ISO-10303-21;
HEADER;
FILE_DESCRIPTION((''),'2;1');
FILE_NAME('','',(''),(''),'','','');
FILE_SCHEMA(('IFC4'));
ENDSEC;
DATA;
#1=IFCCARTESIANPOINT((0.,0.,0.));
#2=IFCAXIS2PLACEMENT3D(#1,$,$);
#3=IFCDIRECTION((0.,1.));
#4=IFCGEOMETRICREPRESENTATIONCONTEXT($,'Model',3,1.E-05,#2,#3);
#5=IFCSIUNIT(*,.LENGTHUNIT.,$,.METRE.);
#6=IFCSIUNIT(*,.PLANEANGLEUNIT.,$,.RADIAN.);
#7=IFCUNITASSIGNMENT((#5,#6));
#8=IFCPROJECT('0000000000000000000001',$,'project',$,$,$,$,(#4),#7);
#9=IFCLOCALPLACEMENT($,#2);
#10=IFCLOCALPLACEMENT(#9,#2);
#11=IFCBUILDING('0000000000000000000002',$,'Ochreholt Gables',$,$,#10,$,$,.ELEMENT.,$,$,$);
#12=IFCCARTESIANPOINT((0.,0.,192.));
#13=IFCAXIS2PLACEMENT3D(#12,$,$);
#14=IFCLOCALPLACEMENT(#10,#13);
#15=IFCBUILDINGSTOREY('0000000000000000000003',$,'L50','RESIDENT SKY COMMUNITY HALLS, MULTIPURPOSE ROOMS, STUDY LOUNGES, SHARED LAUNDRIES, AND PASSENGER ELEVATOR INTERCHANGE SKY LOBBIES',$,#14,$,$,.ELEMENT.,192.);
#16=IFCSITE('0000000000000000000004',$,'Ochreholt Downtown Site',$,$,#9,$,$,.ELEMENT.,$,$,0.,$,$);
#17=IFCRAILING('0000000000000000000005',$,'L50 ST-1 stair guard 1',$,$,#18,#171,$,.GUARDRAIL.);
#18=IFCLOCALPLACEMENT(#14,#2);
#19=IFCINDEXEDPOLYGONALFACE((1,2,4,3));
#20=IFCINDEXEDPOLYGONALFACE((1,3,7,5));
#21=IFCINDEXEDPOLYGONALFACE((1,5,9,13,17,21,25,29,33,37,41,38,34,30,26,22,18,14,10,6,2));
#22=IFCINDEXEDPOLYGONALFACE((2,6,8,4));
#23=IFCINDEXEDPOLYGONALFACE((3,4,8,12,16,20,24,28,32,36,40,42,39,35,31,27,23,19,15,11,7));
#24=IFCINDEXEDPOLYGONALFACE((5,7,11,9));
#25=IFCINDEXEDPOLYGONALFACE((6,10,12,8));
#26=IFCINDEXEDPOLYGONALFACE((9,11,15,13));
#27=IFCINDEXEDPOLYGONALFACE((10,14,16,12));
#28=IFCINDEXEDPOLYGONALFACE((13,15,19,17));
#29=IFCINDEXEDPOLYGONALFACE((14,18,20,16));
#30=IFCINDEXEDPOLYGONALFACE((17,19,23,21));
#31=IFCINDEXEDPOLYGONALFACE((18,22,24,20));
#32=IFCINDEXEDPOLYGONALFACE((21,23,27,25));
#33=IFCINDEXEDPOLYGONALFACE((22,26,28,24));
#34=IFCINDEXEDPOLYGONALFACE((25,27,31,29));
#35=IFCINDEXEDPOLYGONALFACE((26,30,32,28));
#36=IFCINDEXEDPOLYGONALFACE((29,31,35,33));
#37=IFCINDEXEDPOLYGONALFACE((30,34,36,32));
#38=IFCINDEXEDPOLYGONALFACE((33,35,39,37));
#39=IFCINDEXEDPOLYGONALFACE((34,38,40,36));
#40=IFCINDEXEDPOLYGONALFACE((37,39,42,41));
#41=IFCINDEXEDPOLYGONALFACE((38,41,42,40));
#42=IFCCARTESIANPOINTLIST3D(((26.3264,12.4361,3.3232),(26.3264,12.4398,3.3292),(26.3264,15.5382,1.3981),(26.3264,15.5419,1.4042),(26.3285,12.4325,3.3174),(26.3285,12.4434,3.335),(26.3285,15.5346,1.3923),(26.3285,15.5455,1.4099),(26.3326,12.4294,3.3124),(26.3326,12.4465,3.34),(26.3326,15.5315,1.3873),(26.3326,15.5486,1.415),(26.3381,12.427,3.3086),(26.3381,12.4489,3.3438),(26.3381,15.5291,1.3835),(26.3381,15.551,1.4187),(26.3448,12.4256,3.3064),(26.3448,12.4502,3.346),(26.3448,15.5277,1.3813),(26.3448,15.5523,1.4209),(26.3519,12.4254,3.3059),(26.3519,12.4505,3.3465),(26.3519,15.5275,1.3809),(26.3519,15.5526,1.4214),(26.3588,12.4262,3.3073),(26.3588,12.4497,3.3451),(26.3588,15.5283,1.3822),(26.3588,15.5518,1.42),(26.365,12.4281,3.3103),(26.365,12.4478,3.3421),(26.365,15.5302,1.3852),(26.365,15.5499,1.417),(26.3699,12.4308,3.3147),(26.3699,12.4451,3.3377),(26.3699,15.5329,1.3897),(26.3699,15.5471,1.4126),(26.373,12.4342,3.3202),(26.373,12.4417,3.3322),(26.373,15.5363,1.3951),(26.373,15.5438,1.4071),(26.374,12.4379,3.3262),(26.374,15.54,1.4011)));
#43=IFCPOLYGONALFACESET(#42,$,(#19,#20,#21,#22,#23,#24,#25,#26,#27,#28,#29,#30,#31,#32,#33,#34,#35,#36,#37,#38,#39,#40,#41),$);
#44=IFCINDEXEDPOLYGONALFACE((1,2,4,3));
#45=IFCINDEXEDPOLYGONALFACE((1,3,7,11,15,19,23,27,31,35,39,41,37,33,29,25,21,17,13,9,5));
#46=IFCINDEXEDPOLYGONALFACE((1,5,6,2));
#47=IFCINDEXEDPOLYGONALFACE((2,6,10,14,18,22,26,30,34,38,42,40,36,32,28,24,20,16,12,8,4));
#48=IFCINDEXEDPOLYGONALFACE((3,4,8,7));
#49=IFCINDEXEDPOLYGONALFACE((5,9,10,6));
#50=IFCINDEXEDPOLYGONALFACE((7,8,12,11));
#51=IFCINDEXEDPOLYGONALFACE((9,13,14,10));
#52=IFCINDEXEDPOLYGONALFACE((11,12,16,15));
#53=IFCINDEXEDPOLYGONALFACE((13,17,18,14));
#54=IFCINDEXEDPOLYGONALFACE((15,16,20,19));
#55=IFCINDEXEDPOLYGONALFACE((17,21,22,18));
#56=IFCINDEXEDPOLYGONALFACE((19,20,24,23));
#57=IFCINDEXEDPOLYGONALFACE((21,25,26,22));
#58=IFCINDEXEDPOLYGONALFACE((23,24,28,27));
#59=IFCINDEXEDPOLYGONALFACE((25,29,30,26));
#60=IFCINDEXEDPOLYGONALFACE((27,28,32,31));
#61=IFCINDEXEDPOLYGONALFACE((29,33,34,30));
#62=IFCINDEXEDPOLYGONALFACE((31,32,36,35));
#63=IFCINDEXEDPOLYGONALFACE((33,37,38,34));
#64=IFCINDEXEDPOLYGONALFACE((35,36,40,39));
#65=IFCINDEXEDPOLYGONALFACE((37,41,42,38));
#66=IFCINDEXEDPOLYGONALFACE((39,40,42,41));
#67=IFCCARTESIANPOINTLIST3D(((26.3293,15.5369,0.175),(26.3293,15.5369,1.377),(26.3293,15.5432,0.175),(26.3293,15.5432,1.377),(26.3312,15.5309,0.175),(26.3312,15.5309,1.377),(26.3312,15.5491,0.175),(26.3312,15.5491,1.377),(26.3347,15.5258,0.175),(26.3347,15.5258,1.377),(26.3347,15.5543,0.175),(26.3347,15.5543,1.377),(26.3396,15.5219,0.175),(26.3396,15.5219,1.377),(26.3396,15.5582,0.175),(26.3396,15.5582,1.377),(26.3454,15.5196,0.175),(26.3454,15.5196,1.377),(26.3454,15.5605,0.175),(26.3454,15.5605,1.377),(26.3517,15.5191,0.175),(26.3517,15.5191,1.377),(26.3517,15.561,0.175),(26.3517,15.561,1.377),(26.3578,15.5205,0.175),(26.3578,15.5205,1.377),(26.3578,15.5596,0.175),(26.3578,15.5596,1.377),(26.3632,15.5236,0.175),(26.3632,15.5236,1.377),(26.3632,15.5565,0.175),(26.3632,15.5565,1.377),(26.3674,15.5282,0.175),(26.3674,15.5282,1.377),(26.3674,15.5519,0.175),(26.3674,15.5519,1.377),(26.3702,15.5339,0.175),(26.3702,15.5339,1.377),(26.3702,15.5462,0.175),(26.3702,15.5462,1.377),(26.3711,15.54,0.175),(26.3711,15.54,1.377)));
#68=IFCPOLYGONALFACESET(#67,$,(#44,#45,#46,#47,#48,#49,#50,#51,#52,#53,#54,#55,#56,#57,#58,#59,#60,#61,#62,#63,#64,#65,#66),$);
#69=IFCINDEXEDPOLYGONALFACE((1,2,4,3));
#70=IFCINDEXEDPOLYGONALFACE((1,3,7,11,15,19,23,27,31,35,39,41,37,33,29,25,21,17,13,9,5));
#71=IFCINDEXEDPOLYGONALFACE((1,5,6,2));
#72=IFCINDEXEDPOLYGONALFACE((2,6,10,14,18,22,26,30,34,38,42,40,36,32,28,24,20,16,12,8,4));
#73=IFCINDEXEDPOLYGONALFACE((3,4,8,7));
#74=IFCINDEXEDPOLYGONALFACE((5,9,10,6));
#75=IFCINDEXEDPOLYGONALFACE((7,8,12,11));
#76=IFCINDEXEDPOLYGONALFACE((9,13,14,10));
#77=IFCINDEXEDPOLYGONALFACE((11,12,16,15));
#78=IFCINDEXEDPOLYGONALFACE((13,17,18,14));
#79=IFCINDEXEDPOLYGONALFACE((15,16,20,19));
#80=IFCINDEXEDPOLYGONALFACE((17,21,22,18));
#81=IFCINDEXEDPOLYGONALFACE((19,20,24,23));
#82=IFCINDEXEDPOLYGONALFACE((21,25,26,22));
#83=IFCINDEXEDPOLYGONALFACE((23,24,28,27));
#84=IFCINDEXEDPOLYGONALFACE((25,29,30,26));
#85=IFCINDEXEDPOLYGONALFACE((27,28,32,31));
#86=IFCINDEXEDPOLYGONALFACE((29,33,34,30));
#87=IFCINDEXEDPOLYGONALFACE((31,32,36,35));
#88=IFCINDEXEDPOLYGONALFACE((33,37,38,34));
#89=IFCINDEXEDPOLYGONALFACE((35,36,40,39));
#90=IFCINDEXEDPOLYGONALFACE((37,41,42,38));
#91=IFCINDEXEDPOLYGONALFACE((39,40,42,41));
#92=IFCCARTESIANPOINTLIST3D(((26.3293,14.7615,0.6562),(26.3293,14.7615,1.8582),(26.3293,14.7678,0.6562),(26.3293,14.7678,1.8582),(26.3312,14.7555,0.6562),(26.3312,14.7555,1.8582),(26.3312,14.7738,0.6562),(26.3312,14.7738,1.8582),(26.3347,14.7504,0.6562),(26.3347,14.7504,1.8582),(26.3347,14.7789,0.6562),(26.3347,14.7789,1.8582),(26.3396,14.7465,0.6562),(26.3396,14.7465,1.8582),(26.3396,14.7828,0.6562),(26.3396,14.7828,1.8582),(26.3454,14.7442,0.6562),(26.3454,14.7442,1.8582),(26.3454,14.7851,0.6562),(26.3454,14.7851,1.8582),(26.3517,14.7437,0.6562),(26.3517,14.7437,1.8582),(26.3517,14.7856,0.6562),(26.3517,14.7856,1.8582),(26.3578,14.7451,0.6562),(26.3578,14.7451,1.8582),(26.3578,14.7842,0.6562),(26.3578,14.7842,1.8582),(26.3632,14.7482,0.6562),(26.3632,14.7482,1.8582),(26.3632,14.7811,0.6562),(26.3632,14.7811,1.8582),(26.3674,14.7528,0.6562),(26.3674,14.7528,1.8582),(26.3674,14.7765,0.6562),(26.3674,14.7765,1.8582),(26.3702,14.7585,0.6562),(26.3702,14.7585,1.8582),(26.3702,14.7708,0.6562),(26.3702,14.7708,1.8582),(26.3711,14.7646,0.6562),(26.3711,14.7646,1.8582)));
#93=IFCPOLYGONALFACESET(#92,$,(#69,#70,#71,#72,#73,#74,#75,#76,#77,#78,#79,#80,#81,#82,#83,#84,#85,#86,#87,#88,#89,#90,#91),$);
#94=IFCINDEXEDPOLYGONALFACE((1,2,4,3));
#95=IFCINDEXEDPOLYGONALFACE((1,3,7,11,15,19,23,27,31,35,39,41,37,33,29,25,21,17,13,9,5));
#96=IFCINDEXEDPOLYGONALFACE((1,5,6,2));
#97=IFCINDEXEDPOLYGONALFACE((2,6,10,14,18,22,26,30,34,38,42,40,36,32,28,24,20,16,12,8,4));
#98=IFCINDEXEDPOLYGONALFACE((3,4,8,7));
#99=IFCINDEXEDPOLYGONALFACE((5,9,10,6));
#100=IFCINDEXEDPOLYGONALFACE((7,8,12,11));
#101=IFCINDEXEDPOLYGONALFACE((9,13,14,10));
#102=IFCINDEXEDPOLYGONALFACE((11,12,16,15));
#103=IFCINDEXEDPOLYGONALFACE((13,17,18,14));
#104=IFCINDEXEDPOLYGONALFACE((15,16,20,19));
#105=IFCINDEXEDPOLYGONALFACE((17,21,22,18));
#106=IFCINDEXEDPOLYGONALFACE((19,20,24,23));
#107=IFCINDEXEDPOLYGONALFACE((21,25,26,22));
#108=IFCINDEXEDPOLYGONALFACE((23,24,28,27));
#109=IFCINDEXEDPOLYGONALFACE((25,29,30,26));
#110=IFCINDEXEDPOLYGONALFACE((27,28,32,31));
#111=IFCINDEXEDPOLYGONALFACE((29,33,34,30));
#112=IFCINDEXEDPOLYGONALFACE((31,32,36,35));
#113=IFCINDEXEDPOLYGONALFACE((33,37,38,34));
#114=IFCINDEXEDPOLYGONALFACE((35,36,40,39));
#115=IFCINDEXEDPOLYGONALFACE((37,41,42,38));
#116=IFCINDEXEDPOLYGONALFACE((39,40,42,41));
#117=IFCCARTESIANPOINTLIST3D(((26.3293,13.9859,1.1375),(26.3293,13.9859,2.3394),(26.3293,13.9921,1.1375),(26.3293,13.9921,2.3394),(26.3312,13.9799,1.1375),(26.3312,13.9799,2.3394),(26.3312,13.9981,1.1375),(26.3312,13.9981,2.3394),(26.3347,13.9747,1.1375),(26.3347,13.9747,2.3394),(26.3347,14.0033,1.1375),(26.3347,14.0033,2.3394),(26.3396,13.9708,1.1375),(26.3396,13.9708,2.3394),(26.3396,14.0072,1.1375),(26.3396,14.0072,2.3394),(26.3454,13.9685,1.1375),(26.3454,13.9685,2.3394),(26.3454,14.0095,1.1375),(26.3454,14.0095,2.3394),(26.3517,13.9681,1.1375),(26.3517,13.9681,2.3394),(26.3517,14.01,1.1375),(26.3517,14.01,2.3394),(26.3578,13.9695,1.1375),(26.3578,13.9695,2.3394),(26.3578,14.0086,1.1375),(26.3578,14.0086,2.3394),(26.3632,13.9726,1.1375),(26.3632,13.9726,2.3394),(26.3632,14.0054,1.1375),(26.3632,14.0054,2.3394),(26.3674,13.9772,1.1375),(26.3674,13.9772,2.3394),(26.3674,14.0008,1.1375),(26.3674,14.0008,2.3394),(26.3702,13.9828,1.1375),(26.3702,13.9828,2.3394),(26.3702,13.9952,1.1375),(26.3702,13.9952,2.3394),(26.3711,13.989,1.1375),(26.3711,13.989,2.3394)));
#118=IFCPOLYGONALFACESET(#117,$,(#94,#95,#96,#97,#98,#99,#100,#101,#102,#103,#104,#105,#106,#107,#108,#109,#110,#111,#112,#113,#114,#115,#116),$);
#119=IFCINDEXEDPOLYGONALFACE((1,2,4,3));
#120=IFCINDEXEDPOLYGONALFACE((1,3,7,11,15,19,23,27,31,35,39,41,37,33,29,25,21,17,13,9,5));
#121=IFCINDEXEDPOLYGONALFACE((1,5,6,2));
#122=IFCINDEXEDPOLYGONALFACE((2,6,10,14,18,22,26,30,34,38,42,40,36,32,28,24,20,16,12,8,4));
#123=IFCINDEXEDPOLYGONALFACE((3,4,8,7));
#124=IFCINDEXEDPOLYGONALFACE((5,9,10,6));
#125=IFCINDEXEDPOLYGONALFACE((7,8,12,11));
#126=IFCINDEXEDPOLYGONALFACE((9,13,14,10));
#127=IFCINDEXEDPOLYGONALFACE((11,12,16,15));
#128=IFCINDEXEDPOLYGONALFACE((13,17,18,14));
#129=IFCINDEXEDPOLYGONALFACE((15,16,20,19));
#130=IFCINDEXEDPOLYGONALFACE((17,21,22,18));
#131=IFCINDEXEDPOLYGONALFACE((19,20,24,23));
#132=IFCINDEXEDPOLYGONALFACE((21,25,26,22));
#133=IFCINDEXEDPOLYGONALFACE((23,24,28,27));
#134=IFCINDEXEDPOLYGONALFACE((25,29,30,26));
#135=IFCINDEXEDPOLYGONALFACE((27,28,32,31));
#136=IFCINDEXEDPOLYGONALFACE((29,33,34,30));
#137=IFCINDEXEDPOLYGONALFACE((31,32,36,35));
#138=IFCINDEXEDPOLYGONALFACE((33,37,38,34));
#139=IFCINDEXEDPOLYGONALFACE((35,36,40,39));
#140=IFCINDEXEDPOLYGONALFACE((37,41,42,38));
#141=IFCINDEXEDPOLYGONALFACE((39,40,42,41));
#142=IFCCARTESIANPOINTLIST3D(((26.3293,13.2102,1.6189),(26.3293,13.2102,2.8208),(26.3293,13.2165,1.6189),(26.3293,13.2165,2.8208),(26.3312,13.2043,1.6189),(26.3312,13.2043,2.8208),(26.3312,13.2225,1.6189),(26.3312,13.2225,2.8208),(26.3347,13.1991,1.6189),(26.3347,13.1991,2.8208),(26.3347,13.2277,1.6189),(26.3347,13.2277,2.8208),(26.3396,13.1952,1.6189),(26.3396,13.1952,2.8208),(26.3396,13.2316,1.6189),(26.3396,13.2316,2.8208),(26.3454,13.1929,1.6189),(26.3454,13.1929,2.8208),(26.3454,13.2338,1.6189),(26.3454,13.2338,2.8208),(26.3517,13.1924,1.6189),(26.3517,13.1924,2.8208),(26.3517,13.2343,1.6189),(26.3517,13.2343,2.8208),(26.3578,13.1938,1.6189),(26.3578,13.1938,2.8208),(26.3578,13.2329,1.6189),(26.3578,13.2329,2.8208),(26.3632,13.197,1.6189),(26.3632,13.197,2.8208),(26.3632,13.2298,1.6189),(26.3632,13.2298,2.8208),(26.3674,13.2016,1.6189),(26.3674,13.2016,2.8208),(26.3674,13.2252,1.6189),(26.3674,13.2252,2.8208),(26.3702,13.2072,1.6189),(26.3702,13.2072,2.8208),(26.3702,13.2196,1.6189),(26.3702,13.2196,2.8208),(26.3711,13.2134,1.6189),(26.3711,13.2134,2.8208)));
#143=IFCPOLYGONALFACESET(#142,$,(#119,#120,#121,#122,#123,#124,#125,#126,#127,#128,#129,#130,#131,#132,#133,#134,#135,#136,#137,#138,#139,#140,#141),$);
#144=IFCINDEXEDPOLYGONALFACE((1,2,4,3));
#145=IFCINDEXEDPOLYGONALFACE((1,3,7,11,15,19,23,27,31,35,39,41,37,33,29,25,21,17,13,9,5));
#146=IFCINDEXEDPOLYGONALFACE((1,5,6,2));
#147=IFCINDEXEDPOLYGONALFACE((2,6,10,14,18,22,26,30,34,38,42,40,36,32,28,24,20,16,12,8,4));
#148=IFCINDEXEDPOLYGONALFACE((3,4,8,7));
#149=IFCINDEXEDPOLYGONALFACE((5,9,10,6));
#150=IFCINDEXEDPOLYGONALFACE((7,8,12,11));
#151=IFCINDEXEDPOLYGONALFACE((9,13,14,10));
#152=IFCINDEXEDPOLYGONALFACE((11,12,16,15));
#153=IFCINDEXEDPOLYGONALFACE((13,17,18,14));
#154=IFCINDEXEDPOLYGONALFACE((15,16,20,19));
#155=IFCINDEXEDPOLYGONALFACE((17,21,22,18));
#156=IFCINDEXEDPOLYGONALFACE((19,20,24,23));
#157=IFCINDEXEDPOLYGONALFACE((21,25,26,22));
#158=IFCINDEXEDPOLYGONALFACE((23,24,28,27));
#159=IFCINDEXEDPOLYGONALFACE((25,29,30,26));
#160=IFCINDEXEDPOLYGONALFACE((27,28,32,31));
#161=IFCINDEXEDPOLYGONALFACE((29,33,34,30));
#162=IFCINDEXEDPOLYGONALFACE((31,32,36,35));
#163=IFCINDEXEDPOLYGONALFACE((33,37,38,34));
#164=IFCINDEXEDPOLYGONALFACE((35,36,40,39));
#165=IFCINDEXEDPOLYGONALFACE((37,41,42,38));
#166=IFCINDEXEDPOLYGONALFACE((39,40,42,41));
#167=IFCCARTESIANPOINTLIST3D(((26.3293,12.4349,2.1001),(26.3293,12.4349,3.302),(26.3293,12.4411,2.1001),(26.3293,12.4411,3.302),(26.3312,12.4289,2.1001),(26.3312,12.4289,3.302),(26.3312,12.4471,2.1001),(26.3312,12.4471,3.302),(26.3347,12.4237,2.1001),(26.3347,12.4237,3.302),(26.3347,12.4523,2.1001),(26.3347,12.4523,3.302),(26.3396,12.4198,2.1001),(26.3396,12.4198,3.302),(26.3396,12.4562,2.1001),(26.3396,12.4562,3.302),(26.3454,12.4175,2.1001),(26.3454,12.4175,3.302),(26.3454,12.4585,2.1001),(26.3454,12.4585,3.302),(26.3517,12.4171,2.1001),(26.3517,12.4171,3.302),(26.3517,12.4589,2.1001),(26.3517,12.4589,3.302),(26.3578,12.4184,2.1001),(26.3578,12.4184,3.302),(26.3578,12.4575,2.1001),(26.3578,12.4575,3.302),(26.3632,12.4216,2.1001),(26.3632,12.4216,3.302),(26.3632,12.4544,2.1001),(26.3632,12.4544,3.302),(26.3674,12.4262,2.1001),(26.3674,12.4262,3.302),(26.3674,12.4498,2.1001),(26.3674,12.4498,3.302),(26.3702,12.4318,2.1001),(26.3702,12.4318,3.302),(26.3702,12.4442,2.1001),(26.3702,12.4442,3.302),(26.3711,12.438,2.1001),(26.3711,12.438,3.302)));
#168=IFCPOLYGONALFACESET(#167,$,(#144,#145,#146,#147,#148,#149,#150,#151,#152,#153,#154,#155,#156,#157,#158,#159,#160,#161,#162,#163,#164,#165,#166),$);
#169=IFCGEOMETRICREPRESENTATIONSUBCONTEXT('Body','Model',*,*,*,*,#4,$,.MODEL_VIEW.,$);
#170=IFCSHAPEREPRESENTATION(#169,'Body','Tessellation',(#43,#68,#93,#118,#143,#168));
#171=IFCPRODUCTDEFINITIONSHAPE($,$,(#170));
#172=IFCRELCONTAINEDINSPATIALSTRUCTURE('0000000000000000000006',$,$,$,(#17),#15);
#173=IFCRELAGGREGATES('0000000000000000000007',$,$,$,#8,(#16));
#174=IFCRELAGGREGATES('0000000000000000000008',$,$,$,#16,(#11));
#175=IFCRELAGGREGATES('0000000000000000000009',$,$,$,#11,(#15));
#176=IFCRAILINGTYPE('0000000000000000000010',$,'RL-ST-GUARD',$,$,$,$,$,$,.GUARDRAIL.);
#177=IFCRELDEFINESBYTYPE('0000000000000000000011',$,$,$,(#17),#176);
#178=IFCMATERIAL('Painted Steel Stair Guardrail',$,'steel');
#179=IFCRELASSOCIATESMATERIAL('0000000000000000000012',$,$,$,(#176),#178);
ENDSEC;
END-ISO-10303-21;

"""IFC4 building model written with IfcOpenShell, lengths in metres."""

from ifc_helpers import new_model, si_unit, direction, frame, origin, origin_2d, place, context, subcontext, project, spatial, circle, extrude, material, type_object, element, save


model = new_model("IFC4")

# Units and contexts
model_context = context("Model", 3, precision=1e-05, world=origin(), true_north=direction((0.0, 1.0)))
body_context = subcontext(model_context, "Body", "Model", "MODEL_VIEW")
ifc_project = project(units=[si_unit("LENGTHUNIT", "METRE"), si_unit("PLANEANGLEUNIT", "RADIAN")], contexts=[model_context])

# Site, building, storey
site_placement = place(None, origin())
site = spatial("IfcSite", under=ifc_project, at=site_placement, Name="Ochreholt Downtown Site", CompositionType="ELEMENT", RefElevation=0.0)
building_placement = place(site_placement, origin())
building = spatial("IfcBuilding", under=site, at=building_placement, Name="Ochreholt Gables", CompositionType="ELEMENT")
storey_placement = place(building_placement, frame((0.0, 0.0, 192.0)))
storey = spatial("IfcBuildingStorey", under=building, at=storey_placement, Name="L50", Description="RESIDENT SKY COMMUNITY HALLS, MULTIPURPOSE ROOMS, STUDY LOUNGES, SHARED LAUNDRIES, AND PASSENGER ELEVATOR INTERCHANGE SKY LOBBIES", CompositionType="ELEMENT", Elevation=192.0)

# Railing
ifc_material_1 = material(Name="Painted Steel Stair Guardrail", Category="steel")
railing_type_1 = type_object("IfcRailingType", Name="RL-ST-GUARD", PredefinedType="GUARDRAIL", material=ifc_material_1)
railing_1_placement = place(storey_placement, frame((26.3501, 15.54, 0.175)))
element("IfcRailing", 1, at=railing_1_placement, inside=storey, type_object=railing_type_1, Name="L50 ST-1 stair guard 1", PredefinedType="GUARDRAIL", context=body_context, shape_type="SweptSolid", body=[
    extrude(circle(Radius=0.0239, at=origin_2d()), frame((0.0, 0.0, 1.2261), z_axis=(0.0, -0.849685, 0.527291), x_axis=(1.0, 0.0, 0.0)), (0.0, 0.0, 1.0), 3.6509),
    extrude(circle(Radius=0.021, at=origin_2d()), origin(), (0.0, 0.0, 1.0), 1.2019),
    extrude(circle(Radius=0.021, at=origin_2d()), frame((0.0, -0.7754, 0.4812)), (0.0, 0.0, 1.0), 1.2019),
    extrude(circle(Radius=0.021, at=origin_2d()), frame((0.0, -1.551, 0.9624)), (0.0, 0.0, 1.0), 1.2019),
    extrude(circle(Radius=0.021, at=origin_2d()), frame((0.0, -2.3267, 1.4438)), (0.0, 0.0, 1.0), 1.2019),
    extrude(circle(Radius=0.021, at=origin_2d()), frame((0.0, -3.1021, 1.925)), (0.0, 0.0, 1.0), 1.2019),
])

save(model, "model.ifc")
